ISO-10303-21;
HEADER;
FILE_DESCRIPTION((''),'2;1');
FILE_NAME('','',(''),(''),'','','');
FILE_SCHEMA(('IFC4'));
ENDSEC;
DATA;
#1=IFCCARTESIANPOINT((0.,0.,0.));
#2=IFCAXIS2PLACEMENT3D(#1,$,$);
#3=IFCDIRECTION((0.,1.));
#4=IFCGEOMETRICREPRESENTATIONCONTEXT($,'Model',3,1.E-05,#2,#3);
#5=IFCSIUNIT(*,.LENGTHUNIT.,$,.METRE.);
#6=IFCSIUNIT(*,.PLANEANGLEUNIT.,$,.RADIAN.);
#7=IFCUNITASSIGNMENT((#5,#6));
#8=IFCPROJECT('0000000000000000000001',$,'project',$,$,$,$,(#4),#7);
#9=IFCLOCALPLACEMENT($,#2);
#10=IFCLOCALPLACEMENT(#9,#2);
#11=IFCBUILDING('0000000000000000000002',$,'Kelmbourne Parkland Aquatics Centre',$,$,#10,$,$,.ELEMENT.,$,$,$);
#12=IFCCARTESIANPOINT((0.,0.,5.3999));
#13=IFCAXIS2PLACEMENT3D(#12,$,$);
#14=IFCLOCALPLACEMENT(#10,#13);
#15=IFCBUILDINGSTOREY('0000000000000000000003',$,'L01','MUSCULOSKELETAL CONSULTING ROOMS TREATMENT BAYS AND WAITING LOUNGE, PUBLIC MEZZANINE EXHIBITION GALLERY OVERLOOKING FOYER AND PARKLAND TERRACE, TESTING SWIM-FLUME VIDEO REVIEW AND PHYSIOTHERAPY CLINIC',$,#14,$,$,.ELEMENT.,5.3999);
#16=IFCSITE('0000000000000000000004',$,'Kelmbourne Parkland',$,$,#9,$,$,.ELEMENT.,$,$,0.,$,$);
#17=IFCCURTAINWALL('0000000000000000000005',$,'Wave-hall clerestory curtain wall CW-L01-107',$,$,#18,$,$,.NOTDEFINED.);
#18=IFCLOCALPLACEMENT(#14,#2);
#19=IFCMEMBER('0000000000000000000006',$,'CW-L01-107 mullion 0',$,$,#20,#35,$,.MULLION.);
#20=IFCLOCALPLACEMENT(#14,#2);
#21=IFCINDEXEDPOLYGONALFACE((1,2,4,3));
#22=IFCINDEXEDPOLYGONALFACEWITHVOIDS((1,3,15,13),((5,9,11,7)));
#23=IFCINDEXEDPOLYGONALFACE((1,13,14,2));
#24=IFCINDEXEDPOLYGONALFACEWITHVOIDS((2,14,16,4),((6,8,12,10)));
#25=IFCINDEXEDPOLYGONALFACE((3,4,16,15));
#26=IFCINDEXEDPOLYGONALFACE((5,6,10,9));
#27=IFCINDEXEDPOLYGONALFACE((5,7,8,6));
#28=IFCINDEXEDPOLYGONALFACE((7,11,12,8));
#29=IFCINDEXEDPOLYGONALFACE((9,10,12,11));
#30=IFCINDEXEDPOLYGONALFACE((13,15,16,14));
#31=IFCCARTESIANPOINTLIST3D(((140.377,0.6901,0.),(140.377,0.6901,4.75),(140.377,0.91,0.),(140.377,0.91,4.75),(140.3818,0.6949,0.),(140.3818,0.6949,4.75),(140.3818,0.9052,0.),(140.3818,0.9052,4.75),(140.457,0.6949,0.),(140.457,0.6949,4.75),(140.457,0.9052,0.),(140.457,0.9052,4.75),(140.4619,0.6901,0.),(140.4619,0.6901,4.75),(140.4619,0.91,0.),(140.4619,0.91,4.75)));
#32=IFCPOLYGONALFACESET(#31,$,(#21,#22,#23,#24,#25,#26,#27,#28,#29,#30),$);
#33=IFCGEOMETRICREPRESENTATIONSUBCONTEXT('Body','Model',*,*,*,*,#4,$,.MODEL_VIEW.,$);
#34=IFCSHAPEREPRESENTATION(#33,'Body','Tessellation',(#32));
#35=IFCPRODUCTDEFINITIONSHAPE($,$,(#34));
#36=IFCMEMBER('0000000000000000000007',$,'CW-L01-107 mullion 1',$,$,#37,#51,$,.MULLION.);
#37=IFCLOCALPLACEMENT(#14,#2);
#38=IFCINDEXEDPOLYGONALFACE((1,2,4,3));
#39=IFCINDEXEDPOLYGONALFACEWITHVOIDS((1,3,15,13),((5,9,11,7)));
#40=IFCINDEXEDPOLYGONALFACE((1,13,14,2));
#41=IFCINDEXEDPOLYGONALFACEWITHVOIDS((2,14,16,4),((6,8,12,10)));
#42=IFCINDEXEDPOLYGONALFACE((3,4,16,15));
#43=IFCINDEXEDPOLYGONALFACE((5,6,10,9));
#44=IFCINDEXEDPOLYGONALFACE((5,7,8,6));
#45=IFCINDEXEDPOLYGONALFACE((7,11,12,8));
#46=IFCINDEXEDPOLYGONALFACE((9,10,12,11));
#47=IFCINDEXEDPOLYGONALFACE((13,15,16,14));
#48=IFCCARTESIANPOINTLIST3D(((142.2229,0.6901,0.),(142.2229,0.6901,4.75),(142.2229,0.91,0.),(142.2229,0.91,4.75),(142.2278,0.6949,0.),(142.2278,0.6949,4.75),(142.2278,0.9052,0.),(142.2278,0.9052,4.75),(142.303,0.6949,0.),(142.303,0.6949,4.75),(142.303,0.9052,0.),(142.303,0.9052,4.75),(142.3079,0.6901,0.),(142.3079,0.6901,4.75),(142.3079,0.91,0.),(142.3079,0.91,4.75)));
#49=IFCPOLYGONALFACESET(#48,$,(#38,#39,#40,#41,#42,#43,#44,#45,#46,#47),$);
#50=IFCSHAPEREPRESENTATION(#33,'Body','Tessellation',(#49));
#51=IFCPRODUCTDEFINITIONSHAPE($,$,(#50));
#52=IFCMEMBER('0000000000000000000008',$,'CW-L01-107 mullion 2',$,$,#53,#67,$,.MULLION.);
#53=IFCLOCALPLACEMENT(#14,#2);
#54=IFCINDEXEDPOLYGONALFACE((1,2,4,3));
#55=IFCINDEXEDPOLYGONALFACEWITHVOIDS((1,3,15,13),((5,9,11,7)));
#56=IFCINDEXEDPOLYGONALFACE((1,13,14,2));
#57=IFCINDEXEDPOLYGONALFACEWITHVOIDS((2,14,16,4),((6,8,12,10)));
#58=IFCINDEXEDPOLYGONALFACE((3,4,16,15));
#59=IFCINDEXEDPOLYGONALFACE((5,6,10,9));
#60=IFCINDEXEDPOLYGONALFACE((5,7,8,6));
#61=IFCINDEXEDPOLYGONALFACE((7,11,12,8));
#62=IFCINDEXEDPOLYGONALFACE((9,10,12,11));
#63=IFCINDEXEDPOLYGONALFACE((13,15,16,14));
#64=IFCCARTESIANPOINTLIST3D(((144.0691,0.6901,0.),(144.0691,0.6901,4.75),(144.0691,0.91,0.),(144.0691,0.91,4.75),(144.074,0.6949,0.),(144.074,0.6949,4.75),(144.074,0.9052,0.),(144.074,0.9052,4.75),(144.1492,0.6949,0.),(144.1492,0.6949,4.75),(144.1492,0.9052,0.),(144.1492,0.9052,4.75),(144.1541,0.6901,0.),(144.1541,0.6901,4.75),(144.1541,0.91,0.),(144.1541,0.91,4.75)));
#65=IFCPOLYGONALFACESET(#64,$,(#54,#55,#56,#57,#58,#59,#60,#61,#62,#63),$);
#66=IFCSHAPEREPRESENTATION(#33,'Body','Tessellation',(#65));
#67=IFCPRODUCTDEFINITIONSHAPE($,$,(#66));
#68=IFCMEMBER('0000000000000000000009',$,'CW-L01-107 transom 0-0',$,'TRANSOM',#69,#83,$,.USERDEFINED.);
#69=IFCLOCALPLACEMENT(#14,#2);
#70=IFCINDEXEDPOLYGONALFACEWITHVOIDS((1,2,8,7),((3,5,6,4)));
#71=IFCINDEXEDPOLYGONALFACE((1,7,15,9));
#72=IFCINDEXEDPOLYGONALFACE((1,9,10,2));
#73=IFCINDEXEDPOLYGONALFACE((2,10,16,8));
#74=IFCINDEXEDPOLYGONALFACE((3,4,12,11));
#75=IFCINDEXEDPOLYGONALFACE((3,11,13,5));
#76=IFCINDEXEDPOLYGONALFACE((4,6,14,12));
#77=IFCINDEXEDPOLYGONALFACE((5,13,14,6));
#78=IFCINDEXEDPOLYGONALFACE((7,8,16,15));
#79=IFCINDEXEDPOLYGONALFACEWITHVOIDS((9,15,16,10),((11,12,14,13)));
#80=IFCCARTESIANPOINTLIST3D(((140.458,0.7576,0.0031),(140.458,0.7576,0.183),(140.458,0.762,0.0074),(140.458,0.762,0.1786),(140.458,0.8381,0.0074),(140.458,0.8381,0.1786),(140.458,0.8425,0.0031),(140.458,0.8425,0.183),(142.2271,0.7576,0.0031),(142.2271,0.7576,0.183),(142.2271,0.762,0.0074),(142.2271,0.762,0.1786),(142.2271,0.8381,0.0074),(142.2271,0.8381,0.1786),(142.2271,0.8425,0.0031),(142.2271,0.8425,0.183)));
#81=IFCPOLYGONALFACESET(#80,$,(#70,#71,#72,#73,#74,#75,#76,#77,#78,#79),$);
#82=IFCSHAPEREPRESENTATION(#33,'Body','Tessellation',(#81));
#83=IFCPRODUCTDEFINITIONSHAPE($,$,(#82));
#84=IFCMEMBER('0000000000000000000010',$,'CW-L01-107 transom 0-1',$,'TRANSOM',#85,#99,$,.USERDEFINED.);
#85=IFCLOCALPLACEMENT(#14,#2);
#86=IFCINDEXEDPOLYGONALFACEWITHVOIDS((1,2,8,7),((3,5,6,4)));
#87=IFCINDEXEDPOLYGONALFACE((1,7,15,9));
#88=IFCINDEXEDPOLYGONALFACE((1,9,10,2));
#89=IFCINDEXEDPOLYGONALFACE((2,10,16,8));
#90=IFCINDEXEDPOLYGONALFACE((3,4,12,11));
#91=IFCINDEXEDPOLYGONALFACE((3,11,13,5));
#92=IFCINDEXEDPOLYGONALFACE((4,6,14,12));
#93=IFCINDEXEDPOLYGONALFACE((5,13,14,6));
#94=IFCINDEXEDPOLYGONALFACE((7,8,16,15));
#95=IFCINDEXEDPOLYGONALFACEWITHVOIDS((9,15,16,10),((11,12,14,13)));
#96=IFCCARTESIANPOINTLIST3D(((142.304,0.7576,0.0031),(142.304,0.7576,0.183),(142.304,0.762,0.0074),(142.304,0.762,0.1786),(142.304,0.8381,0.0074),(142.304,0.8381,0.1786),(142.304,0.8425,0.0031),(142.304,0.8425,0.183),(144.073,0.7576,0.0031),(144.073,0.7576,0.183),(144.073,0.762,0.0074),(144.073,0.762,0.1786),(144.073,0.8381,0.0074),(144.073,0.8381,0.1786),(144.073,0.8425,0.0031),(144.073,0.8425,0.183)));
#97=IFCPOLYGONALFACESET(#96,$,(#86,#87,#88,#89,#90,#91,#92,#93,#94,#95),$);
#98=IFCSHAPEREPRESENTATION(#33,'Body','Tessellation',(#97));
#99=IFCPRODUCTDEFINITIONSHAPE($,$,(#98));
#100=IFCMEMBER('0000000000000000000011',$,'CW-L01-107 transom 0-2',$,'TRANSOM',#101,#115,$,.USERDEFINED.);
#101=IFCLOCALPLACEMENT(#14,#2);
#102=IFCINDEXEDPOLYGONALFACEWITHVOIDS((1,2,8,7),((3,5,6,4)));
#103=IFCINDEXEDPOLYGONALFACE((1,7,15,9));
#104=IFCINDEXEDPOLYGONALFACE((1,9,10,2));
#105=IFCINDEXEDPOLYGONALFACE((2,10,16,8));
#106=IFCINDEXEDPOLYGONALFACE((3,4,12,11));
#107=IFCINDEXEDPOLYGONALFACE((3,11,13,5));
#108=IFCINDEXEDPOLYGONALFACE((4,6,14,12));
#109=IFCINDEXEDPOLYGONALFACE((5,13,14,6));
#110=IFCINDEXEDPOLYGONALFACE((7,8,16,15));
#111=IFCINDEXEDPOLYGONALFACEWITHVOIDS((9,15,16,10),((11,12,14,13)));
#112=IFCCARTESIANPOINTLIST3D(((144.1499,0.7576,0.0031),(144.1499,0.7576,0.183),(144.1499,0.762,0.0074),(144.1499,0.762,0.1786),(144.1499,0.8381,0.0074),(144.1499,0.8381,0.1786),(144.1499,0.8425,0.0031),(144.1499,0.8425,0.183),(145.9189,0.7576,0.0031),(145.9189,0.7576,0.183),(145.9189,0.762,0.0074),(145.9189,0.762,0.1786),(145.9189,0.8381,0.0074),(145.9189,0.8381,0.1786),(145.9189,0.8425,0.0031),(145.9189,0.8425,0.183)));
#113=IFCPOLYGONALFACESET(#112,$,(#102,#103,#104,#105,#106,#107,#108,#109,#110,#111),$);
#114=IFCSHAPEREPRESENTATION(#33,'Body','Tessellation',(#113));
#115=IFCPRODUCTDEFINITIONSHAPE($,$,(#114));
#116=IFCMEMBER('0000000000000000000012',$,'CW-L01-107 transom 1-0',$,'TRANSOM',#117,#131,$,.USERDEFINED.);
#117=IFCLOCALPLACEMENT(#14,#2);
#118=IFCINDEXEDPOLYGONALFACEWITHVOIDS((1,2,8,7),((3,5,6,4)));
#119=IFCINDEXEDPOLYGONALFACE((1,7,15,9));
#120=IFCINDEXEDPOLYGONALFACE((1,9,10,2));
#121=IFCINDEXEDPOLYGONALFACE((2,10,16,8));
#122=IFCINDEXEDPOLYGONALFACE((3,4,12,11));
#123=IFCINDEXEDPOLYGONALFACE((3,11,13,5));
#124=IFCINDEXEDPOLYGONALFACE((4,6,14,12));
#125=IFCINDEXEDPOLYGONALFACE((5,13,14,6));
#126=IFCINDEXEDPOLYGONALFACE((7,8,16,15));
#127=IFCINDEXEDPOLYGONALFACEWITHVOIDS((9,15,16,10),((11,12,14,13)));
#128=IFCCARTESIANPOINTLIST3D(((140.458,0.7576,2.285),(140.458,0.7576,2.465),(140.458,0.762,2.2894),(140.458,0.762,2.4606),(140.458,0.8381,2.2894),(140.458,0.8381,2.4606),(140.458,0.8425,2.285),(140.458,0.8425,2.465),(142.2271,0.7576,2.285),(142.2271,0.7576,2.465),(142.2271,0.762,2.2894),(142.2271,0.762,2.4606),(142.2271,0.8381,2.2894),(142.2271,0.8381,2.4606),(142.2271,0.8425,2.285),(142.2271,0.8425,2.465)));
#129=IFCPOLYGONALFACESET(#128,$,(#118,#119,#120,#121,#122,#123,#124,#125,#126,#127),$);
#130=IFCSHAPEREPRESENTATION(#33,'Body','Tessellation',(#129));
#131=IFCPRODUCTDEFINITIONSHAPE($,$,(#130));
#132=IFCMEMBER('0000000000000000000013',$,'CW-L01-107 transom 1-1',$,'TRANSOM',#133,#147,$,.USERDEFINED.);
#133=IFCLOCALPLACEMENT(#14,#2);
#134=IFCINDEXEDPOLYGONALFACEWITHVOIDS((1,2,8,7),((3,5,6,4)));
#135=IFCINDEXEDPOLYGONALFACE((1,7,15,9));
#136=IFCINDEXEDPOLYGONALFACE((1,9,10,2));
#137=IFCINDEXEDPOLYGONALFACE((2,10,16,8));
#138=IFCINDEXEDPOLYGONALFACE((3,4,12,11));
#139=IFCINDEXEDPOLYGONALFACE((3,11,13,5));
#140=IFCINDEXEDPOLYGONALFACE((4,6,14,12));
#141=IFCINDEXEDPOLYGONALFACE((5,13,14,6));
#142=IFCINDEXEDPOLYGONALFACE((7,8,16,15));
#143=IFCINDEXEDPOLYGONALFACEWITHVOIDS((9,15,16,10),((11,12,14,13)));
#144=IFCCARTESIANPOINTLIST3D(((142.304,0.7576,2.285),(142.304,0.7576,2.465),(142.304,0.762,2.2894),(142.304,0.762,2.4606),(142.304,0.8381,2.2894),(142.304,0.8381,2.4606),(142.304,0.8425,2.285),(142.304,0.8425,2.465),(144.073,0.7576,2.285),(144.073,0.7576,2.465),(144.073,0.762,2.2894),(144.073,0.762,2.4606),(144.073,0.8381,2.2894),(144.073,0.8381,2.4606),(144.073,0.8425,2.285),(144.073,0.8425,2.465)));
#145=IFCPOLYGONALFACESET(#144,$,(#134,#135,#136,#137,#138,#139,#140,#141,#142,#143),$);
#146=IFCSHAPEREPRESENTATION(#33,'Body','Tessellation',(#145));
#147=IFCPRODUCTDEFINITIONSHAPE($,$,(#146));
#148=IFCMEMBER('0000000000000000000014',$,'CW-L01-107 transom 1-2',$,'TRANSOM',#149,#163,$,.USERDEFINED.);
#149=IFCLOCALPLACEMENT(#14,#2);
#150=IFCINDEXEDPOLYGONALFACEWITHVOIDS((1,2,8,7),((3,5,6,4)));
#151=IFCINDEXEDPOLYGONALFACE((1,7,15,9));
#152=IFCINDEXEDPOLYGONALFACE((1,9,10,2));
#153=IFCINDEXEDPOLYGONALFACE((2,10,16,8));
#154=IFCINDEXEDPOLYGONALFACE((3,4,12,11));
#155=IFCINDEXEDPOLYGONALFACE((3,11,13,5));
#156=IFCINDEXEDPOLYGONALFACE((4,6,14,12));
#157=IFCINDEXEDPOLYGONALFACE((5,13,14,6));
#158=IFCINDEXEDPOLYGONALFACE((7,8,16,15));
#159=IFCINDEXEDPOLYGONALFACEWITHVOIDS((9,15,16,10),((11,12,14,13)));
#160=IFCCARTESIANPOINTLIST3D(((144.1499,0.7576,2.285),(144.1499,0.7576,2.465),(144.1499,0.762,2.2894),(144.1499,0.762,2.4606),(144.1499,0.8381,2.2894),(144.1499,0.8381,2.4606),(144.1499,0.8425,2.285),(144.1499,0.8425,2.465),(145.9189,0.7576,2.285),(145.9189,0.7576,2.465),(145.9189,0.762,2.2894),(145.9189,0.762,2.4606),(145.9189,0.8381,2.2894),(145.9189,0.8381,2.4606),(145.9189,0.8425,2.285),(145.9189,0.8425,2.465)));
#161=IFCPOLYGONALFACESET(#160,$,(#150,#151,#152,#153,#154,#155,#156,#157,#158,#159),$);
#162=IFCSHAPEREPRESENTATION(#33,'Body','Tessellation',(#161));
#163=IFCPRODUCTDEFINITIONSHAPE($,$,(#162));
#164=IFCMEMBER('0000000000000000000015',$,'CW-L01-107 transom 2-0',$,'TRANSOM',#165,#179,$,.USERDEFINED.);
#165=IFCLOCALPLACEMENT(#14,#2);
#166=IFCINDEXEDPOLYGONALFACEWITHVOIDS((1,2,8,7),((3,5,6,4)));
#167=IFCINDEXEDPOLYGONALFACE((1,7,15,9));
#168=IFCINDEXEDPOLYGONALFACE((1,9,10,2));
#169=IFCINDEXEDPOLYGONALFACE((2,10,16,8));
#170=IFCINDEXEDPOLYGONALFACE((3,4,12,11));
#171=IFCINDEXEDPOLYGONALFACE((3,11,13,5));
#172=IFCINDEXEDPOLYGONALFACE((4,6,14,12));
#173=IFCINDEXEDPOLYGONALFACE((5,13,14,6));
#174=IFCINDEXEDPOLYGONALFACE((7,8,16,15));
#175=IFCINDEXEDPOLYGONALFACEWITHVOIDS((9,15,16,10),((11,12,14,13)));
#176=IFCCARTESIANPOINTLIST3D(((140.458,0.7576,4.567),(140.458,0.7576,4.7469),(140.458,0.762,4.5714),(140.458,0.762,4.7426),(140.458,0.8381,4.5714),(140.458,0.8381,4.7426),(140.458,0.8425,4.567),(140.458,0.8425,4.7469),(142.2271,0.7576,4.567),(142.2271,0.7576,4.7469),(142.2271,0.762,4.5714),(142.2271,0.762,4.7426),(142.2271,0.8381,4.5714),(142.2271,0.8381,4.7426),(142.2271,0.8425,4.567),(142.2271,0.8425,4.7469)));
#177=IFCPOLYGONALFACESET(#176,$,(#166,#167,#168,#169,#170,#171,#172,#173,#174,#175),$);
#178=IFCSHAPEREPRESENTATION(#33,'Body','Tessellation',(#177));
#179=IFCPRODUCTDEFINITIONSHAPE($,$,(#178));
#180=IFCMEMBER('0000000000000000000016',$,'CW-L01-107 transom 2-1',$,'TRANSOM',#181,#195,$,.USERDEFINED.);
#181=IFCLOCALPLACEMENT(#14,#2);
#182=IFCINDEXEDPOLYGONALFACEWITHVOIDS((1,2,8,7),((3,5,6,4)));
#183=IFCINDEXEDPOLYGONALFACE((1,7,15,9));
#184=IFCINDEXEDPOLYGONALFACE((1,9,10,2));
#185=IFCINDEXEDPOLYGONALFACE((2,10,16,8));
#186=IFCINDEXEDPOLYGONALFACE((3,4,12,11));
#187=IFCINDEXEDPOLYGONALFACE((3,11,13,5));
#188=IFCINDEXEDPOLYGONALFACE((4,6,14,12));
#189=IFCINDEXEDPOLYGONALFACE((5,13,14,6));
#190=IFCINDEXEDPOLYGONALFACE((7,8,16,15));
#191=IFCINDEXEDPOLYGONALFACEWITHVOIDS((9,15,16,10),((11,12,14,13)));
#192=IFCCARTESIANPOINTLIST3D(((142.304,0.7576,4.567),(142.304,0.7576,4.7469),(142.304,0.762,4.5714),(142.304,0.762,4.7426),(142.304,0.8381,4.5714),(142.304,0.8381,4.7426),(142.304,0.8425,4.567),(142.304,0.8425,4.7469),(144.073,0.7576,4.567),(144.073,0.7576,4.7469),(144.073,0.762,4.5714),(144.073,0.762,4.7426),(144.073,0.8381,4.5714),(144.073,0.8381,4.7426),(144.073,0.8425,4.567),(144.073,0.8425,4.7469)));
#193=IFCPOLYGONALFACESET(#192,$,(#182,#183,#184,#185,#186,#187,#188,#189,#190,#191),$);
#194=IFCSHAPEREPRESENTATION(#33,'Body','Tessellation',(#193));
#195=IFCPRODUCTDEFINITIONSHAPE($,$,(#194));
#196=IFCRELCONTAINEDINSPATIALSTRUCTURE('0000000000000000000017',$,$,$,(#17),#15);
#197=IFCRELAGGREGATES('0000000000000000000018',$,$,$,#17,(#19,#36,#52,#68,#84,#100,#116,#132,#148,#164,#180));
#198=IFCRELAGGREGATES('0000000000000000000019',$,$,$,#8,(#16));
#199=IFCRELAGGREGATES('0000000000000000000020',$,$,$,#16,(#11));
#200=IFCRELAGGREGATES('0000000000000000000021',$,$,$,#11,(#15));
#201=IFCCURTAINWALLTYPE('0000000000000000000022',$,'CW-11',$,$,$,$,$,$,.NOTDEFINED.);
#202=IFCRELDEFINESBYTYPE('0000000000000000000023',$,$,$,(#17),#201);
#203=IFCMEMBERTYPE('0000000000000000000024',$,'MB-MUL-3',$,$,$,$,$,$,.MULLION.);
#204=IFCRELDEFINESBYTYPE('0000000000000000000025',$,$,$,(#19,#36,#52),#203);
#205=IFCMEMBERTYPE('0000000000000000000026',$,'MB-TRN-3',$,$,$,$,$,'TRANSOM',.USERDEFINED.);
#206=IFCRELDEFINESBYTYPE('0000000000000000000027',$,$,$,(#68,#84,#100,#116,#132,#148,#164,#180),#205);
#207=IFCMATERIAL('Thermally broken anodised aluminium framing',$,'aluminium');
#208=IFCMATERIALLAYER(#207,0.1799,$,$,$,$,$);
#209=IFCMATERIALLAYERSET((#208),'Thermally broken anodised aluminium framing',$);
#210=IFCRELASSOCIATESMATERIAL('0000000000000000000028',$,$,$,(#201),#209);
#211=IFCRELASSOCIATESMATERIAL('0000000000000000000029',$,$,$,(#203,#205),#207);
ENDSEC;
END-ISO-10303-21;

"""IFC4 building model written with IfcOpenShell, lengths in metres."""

from ifc_helpers import new_model, si_unit, direction, frame, origin, origin_2d, place, context, subcontext, project, spatial, hollow_rectangle, extrude, material, layer, layer_set, material_profile, profile_set, type_object, element, aggregate, save


model = new_model("IFC4")

# Units and contexts
model_context = context("Model", 3, precision=1e-05, world=origin(), true_north=direction((0.0, 1.0)))
body_context = subcontext(model_context, "Body", "Model", "MODEL_VIEW")
ifc_project = project(units=[si_unit("LENGTHUNIT", "METRE"), si_unit("PLANEANGLEUNIT", "RADIAN")], contexts=[model_context])

# Site, building, storey
site_placement = place(None, origin())
site = spatial("IfcSite", under=ifc_project, at=site_placement, Name="Kelmbourne Parkland", CompositionType="ELEMENT", RefElevation=0.0)
building_placement = place(site_placement, origin())
building = spatial("IfcBuilding", under=site, at=building_placement, Name="Kelmbourne Parkland Aquatics Centre", CompositionType="ELEMENT")
storey_placement = place(building_placement, frame((0.0, 0.0, 5.3999)))
storey = spatial("IfcBuildingStorey", under=building, at=storey_placement, Name="L01", Description="MUSCULOSKELETAL CONSULTING ROOMS TREATMENT BAYS AND WAITING LOUNGE, PUBLIC MEZZANINE EXHIBITION GALLERY OVERLOOKING FOYER AND PARKLAND TERRACE, TESTING SWIM-FLUME VIDEO REVIEW AND PHYSIOTHERAPY CLINIC", CompositionType="ELEMENT", Elevation=5.3999)

# Curtain wall, members
ifc_material_1 = material(Name="Thermally broken anodised aluminium framing", Category="aluminium")
ifc_layer_1 = layer(ifc_material_1, 0.1799)
ifc_layer_set_1 = layer_set([ifc_layer_1], Name="Thermally broken anodised aluminium framing")
curtain_wall_type = type_object("IfcCurtainWallType", Name="CW-11", PredefinedType="NOTDEFINED", material=ifc_layer_set_1)
curtain_wall_placement = place(storey_placement, origin())
curtain_wall = element("IfcCurtainWall", 1, at=curtain_wall_placement, inside=storey, type_object=curtain_wall_type, Name="Wave-hall clerestory curtain wall CW-L01-107", PredefinedType="NOTDEFINED")
ifc_material_profile_1 = material_profile(ifc_material_1, hollow_rectangle(XDim=0.085, YDim=0.22, WallThickness=0.0049, at=origin_2d()), Name="CW-M 85x220")
ifc_profile_set_1 = profile_set([ifc_material_profile_1], Name="Thermally broken anodised aluminium framing")
member_type_1 = type_object("IfcMemberType", Name="MB-MUL-3", PredefinedType="MULLION", material=ifc_profile_set_1)
member_1_placement = place(storey_placement, frame((140.4194, 0.8, 0.0), z_axis=(0.0, 0.0, 1.0), x_axis=(1.0, 0.0, 0.0)))
member_1 = element("IfcMember", 2, at=member_1_placement, type_object=member_type_1, Name="CW-L01-107 mullion 0", PredefinedType="MULLION", context=body_context, shape_type="SweptSolid", body=[
    extrude(hollow_rectangle(XDim=0.085, YDim=0.22, WallThickness=0.0049, at=origin_2d()), origin(), (0.0, 0.0, 1.0), 4.75),
])
member_2_placement = place(storey_placement, frame((142.2654, 0.8, 0.0), z_axis=(0.0, 0.0, 1.0), x_axis=(1.0, 0.0, 0.0)))
member_2 = element("IfcMember", 3, at=member_2_placement, type_object=member_type_1, Name="CW-L01-107 mullion 1", PredefinedType="MULLION", context=body_context, shape_type="SweptSolid", body=[
    extrude(hollow_rectangle(XDim=0.085, YDim=0.22, WallThickness=0.0049, at=origin_2d()), origin(), (0.0, 0.0, 1.0), 4.75),
])
member_3_placement = place(storey_placement, frame((144.1116, 0.8, 0.0), z_axis=(0.0, 0.0, 1.0), x_axis=(1.0, 0.0, 0.0)))
member_3 = element("IfcMember", 4, at=member_3_placement, type_object=member_type_1, Name="CW-L01-107 mullion 2", PredefinedType="MULLION", context=body_context, shape_type="SweptSolid", body=[
    extrude(hollow_rectangle(XDim=0.085, YDim=0.22, WallThickness=0.0049, at=origin_2d()), origin(), (0.0, 0.0, 1.0), 4.75),
])
ifc_material_profile_2 = material_profile(ifc_material_1, hollow_rectangle(XDim=0.085, YDim=0.1799, WallThickness=0.0044, at=origin_2d()), Name="CW-T 85x180")
ifc_profile_set_2 = profile_set([ifc_material_profile_2], Name="Thermally broken anodised aluminium framing")
member_type_2 = type_object("IfcMemberType", Name="MB-TRN-3", ElementType="TRANSOM", PredefinedType="USERDEFINED", material=ifc_profile_set_2)
member_4_placement = place(storey_placement, frame((140.458, 0.8, 0.093), z_axis=(1.0, 0.0, 0.0), x_axis=(0.0, 1.0, 0.0)))
member_4 = element("IfcMember", 5, at=member_4_placement, type_object=member_type_2, Name="CW-L01-107 transom 0-0", ObjectType="TRANSOM", PredefinedType="USERDEFINED", context=body_context, shape_type="SweptSolid", body=[
    extrude(hollow_rectangle(XDim=0.085, YDim=0.1799, WallThickness=0.0044, at=origin_2d()), origin(), (0.0, 0.0, 1.0), 1.769),
])
member_5_placement = place(storey_placement, frame((142.304, 0.8, 0.093), z_axis=(1.0, 0.0, 0.0), x_axis=(0.0, 1.0, 0.0)))
member_5 = element("IfcMember", 6, at=member_5_placement, type_object=member_type_2, Name="CW-L01-107 transom 0-1", ObjectType="TRANSOM", PredefinedType="USERDEFINED", context=body_context, shape_type="SweptSolid", body=[
    extrude(hollow_rectangle(XDim=0.085, YDim=0.1799, WallThickness=0.0044, at=origin_2d()), origin(), (0.0, 0.0, 1.0), 1.769),
])
member_6_placement = place(storey_placement, frame((144.1499, 0.8, 0.093), z_axis=(1.0, 0.0, 0.0), x_axis=(0.0, 1.0, 0.0)))
member_6 = element("IfcMember", 7, at=member_6_placement, type_object=member_type_2, Name="CW-L01-107 transom 0-2", ObjectType="TRANSOM", PredefinedType="USERDEFINED", context=body_context, shape_type="SweptSolid", body=[
    extrude(hollow_rectangle(XDim=0.085, YDim=0.1799, WallThickness=0.0044, at=origin_2d()), origin(), (0.0, 0.0, 1.0), 1.769),
])
member_7_placement = place(storey_placement, frame((140.458, 0.8, 2.375), z_axis=(1.0, 0.0, 0.0), x_axis=(0.0, 1.0, 0.0)))
member_7 = element("IfcMember", 8, at=member_7_placement, type_object=member_type_2, Name="CW-L01-107 transom 1-0", ObjectType="TRANSOM", PredefinedType="USERDEFINED", context=body_context, shape_type="SweptSolid", body=[
    extrude(hollow_rectangle(XDim=0.085, YDim=0.1799, WallThickness=0.0044, at=origin_2d()), origin(), (0.0, 0.0, 1.0), 1.769),
])
member_8_placement = place(storey_placement, frame((142.304, 0.8, 2.375), z_axis=(1.0, 0.0, 0.0), x_axis=(0.0, 1.0, 0.0)))
member_8 = element("IfcMember", 9, at=member_8_placement, type_object=member_type_2, Name="CW-L01-107 transom 1-1", ObjectType="TRANSOM", PredefinedType="USERDEFINED", context=body_context, shape_type="SweptSolid", body=[
    extrude(hollow_rectangle(XDim=0.085, YDim=0.1799, WallThickness=0.0044, at=origin_2d()), origin(), (0.0, 0.0, 1.0), 1.769),
])
member_9_placement = place(storey_placement, frame((144.1499, 0.8, 2.375), z_axis=(1.0, 0.0, 0.0), x_axis=(0.0, 1.0, 0.0)))
member_9 = element("IfcMember", 10, at=member_9_placement, type_object=member_type_2, Name="CW-L01-107 transom 1-2", ObjectType="TRANSOM", PredefinedType="USERDEFINED", context=body_context, shape_type="SweptSolid", body=[
    extrude(hollow_rectangle(XDim=0.085, YDim=0.1799, WallThickness=0.0044, at=origin_2d()), origin(), (0.0, 0.0, 1.0), 1.769),
])
member_10_placement = place(storey_placement, frame((140.458, 0.8, 4.657), z_axis=(1.0, 0.0, 0.0), x_axis=(0.0, 1.0, 0.0)))
member_10 = element("IfcMember", 11, at=member_10_placement, type_object=member_type_2, Name="CW-L01-107 transom 2-0", ObjectType="TRANSOM", PredefinedType="USERDEFINED", context=body_context, shape_type="SweptSolid", body=[
    extrude(hollow_rectangle(XDim=0.085, YDim=0.1799, WallThickness=0.0044, at=origin_2d()), origin(), (0.0, 0.0, 1.0), 1.769),
])
member_11_placement = place(storey_placement, frame((142.304, 0.8, 4.657), z_axis=(1.0, 0.0, 0.0), x_axis=(0.0, 1.0, 0.0)))
member_11 = element("IfcMember", 12, at=member_11_placement, type_object=member_type_2, Name="CW-L01-107 transom 2-1", ObjectType="TRANSOM", PredefinedType="USERDEFINED", context=body_context, shape_type="SweptSolid", body=[
    extrude(hollow_rectangle(XDim=0.085, YDim=0.1799, WallThickness=0.0044, at=origin_2d()), origin(), (0.0, 0.0, 1.0), 1.769),
])
aggregate(curtain_wall, [member_1, member_2, member_3, member_4, member_5, member_6, member_7, member_8, member_9, member_10, member_11])

save(model, "model.ifc")
